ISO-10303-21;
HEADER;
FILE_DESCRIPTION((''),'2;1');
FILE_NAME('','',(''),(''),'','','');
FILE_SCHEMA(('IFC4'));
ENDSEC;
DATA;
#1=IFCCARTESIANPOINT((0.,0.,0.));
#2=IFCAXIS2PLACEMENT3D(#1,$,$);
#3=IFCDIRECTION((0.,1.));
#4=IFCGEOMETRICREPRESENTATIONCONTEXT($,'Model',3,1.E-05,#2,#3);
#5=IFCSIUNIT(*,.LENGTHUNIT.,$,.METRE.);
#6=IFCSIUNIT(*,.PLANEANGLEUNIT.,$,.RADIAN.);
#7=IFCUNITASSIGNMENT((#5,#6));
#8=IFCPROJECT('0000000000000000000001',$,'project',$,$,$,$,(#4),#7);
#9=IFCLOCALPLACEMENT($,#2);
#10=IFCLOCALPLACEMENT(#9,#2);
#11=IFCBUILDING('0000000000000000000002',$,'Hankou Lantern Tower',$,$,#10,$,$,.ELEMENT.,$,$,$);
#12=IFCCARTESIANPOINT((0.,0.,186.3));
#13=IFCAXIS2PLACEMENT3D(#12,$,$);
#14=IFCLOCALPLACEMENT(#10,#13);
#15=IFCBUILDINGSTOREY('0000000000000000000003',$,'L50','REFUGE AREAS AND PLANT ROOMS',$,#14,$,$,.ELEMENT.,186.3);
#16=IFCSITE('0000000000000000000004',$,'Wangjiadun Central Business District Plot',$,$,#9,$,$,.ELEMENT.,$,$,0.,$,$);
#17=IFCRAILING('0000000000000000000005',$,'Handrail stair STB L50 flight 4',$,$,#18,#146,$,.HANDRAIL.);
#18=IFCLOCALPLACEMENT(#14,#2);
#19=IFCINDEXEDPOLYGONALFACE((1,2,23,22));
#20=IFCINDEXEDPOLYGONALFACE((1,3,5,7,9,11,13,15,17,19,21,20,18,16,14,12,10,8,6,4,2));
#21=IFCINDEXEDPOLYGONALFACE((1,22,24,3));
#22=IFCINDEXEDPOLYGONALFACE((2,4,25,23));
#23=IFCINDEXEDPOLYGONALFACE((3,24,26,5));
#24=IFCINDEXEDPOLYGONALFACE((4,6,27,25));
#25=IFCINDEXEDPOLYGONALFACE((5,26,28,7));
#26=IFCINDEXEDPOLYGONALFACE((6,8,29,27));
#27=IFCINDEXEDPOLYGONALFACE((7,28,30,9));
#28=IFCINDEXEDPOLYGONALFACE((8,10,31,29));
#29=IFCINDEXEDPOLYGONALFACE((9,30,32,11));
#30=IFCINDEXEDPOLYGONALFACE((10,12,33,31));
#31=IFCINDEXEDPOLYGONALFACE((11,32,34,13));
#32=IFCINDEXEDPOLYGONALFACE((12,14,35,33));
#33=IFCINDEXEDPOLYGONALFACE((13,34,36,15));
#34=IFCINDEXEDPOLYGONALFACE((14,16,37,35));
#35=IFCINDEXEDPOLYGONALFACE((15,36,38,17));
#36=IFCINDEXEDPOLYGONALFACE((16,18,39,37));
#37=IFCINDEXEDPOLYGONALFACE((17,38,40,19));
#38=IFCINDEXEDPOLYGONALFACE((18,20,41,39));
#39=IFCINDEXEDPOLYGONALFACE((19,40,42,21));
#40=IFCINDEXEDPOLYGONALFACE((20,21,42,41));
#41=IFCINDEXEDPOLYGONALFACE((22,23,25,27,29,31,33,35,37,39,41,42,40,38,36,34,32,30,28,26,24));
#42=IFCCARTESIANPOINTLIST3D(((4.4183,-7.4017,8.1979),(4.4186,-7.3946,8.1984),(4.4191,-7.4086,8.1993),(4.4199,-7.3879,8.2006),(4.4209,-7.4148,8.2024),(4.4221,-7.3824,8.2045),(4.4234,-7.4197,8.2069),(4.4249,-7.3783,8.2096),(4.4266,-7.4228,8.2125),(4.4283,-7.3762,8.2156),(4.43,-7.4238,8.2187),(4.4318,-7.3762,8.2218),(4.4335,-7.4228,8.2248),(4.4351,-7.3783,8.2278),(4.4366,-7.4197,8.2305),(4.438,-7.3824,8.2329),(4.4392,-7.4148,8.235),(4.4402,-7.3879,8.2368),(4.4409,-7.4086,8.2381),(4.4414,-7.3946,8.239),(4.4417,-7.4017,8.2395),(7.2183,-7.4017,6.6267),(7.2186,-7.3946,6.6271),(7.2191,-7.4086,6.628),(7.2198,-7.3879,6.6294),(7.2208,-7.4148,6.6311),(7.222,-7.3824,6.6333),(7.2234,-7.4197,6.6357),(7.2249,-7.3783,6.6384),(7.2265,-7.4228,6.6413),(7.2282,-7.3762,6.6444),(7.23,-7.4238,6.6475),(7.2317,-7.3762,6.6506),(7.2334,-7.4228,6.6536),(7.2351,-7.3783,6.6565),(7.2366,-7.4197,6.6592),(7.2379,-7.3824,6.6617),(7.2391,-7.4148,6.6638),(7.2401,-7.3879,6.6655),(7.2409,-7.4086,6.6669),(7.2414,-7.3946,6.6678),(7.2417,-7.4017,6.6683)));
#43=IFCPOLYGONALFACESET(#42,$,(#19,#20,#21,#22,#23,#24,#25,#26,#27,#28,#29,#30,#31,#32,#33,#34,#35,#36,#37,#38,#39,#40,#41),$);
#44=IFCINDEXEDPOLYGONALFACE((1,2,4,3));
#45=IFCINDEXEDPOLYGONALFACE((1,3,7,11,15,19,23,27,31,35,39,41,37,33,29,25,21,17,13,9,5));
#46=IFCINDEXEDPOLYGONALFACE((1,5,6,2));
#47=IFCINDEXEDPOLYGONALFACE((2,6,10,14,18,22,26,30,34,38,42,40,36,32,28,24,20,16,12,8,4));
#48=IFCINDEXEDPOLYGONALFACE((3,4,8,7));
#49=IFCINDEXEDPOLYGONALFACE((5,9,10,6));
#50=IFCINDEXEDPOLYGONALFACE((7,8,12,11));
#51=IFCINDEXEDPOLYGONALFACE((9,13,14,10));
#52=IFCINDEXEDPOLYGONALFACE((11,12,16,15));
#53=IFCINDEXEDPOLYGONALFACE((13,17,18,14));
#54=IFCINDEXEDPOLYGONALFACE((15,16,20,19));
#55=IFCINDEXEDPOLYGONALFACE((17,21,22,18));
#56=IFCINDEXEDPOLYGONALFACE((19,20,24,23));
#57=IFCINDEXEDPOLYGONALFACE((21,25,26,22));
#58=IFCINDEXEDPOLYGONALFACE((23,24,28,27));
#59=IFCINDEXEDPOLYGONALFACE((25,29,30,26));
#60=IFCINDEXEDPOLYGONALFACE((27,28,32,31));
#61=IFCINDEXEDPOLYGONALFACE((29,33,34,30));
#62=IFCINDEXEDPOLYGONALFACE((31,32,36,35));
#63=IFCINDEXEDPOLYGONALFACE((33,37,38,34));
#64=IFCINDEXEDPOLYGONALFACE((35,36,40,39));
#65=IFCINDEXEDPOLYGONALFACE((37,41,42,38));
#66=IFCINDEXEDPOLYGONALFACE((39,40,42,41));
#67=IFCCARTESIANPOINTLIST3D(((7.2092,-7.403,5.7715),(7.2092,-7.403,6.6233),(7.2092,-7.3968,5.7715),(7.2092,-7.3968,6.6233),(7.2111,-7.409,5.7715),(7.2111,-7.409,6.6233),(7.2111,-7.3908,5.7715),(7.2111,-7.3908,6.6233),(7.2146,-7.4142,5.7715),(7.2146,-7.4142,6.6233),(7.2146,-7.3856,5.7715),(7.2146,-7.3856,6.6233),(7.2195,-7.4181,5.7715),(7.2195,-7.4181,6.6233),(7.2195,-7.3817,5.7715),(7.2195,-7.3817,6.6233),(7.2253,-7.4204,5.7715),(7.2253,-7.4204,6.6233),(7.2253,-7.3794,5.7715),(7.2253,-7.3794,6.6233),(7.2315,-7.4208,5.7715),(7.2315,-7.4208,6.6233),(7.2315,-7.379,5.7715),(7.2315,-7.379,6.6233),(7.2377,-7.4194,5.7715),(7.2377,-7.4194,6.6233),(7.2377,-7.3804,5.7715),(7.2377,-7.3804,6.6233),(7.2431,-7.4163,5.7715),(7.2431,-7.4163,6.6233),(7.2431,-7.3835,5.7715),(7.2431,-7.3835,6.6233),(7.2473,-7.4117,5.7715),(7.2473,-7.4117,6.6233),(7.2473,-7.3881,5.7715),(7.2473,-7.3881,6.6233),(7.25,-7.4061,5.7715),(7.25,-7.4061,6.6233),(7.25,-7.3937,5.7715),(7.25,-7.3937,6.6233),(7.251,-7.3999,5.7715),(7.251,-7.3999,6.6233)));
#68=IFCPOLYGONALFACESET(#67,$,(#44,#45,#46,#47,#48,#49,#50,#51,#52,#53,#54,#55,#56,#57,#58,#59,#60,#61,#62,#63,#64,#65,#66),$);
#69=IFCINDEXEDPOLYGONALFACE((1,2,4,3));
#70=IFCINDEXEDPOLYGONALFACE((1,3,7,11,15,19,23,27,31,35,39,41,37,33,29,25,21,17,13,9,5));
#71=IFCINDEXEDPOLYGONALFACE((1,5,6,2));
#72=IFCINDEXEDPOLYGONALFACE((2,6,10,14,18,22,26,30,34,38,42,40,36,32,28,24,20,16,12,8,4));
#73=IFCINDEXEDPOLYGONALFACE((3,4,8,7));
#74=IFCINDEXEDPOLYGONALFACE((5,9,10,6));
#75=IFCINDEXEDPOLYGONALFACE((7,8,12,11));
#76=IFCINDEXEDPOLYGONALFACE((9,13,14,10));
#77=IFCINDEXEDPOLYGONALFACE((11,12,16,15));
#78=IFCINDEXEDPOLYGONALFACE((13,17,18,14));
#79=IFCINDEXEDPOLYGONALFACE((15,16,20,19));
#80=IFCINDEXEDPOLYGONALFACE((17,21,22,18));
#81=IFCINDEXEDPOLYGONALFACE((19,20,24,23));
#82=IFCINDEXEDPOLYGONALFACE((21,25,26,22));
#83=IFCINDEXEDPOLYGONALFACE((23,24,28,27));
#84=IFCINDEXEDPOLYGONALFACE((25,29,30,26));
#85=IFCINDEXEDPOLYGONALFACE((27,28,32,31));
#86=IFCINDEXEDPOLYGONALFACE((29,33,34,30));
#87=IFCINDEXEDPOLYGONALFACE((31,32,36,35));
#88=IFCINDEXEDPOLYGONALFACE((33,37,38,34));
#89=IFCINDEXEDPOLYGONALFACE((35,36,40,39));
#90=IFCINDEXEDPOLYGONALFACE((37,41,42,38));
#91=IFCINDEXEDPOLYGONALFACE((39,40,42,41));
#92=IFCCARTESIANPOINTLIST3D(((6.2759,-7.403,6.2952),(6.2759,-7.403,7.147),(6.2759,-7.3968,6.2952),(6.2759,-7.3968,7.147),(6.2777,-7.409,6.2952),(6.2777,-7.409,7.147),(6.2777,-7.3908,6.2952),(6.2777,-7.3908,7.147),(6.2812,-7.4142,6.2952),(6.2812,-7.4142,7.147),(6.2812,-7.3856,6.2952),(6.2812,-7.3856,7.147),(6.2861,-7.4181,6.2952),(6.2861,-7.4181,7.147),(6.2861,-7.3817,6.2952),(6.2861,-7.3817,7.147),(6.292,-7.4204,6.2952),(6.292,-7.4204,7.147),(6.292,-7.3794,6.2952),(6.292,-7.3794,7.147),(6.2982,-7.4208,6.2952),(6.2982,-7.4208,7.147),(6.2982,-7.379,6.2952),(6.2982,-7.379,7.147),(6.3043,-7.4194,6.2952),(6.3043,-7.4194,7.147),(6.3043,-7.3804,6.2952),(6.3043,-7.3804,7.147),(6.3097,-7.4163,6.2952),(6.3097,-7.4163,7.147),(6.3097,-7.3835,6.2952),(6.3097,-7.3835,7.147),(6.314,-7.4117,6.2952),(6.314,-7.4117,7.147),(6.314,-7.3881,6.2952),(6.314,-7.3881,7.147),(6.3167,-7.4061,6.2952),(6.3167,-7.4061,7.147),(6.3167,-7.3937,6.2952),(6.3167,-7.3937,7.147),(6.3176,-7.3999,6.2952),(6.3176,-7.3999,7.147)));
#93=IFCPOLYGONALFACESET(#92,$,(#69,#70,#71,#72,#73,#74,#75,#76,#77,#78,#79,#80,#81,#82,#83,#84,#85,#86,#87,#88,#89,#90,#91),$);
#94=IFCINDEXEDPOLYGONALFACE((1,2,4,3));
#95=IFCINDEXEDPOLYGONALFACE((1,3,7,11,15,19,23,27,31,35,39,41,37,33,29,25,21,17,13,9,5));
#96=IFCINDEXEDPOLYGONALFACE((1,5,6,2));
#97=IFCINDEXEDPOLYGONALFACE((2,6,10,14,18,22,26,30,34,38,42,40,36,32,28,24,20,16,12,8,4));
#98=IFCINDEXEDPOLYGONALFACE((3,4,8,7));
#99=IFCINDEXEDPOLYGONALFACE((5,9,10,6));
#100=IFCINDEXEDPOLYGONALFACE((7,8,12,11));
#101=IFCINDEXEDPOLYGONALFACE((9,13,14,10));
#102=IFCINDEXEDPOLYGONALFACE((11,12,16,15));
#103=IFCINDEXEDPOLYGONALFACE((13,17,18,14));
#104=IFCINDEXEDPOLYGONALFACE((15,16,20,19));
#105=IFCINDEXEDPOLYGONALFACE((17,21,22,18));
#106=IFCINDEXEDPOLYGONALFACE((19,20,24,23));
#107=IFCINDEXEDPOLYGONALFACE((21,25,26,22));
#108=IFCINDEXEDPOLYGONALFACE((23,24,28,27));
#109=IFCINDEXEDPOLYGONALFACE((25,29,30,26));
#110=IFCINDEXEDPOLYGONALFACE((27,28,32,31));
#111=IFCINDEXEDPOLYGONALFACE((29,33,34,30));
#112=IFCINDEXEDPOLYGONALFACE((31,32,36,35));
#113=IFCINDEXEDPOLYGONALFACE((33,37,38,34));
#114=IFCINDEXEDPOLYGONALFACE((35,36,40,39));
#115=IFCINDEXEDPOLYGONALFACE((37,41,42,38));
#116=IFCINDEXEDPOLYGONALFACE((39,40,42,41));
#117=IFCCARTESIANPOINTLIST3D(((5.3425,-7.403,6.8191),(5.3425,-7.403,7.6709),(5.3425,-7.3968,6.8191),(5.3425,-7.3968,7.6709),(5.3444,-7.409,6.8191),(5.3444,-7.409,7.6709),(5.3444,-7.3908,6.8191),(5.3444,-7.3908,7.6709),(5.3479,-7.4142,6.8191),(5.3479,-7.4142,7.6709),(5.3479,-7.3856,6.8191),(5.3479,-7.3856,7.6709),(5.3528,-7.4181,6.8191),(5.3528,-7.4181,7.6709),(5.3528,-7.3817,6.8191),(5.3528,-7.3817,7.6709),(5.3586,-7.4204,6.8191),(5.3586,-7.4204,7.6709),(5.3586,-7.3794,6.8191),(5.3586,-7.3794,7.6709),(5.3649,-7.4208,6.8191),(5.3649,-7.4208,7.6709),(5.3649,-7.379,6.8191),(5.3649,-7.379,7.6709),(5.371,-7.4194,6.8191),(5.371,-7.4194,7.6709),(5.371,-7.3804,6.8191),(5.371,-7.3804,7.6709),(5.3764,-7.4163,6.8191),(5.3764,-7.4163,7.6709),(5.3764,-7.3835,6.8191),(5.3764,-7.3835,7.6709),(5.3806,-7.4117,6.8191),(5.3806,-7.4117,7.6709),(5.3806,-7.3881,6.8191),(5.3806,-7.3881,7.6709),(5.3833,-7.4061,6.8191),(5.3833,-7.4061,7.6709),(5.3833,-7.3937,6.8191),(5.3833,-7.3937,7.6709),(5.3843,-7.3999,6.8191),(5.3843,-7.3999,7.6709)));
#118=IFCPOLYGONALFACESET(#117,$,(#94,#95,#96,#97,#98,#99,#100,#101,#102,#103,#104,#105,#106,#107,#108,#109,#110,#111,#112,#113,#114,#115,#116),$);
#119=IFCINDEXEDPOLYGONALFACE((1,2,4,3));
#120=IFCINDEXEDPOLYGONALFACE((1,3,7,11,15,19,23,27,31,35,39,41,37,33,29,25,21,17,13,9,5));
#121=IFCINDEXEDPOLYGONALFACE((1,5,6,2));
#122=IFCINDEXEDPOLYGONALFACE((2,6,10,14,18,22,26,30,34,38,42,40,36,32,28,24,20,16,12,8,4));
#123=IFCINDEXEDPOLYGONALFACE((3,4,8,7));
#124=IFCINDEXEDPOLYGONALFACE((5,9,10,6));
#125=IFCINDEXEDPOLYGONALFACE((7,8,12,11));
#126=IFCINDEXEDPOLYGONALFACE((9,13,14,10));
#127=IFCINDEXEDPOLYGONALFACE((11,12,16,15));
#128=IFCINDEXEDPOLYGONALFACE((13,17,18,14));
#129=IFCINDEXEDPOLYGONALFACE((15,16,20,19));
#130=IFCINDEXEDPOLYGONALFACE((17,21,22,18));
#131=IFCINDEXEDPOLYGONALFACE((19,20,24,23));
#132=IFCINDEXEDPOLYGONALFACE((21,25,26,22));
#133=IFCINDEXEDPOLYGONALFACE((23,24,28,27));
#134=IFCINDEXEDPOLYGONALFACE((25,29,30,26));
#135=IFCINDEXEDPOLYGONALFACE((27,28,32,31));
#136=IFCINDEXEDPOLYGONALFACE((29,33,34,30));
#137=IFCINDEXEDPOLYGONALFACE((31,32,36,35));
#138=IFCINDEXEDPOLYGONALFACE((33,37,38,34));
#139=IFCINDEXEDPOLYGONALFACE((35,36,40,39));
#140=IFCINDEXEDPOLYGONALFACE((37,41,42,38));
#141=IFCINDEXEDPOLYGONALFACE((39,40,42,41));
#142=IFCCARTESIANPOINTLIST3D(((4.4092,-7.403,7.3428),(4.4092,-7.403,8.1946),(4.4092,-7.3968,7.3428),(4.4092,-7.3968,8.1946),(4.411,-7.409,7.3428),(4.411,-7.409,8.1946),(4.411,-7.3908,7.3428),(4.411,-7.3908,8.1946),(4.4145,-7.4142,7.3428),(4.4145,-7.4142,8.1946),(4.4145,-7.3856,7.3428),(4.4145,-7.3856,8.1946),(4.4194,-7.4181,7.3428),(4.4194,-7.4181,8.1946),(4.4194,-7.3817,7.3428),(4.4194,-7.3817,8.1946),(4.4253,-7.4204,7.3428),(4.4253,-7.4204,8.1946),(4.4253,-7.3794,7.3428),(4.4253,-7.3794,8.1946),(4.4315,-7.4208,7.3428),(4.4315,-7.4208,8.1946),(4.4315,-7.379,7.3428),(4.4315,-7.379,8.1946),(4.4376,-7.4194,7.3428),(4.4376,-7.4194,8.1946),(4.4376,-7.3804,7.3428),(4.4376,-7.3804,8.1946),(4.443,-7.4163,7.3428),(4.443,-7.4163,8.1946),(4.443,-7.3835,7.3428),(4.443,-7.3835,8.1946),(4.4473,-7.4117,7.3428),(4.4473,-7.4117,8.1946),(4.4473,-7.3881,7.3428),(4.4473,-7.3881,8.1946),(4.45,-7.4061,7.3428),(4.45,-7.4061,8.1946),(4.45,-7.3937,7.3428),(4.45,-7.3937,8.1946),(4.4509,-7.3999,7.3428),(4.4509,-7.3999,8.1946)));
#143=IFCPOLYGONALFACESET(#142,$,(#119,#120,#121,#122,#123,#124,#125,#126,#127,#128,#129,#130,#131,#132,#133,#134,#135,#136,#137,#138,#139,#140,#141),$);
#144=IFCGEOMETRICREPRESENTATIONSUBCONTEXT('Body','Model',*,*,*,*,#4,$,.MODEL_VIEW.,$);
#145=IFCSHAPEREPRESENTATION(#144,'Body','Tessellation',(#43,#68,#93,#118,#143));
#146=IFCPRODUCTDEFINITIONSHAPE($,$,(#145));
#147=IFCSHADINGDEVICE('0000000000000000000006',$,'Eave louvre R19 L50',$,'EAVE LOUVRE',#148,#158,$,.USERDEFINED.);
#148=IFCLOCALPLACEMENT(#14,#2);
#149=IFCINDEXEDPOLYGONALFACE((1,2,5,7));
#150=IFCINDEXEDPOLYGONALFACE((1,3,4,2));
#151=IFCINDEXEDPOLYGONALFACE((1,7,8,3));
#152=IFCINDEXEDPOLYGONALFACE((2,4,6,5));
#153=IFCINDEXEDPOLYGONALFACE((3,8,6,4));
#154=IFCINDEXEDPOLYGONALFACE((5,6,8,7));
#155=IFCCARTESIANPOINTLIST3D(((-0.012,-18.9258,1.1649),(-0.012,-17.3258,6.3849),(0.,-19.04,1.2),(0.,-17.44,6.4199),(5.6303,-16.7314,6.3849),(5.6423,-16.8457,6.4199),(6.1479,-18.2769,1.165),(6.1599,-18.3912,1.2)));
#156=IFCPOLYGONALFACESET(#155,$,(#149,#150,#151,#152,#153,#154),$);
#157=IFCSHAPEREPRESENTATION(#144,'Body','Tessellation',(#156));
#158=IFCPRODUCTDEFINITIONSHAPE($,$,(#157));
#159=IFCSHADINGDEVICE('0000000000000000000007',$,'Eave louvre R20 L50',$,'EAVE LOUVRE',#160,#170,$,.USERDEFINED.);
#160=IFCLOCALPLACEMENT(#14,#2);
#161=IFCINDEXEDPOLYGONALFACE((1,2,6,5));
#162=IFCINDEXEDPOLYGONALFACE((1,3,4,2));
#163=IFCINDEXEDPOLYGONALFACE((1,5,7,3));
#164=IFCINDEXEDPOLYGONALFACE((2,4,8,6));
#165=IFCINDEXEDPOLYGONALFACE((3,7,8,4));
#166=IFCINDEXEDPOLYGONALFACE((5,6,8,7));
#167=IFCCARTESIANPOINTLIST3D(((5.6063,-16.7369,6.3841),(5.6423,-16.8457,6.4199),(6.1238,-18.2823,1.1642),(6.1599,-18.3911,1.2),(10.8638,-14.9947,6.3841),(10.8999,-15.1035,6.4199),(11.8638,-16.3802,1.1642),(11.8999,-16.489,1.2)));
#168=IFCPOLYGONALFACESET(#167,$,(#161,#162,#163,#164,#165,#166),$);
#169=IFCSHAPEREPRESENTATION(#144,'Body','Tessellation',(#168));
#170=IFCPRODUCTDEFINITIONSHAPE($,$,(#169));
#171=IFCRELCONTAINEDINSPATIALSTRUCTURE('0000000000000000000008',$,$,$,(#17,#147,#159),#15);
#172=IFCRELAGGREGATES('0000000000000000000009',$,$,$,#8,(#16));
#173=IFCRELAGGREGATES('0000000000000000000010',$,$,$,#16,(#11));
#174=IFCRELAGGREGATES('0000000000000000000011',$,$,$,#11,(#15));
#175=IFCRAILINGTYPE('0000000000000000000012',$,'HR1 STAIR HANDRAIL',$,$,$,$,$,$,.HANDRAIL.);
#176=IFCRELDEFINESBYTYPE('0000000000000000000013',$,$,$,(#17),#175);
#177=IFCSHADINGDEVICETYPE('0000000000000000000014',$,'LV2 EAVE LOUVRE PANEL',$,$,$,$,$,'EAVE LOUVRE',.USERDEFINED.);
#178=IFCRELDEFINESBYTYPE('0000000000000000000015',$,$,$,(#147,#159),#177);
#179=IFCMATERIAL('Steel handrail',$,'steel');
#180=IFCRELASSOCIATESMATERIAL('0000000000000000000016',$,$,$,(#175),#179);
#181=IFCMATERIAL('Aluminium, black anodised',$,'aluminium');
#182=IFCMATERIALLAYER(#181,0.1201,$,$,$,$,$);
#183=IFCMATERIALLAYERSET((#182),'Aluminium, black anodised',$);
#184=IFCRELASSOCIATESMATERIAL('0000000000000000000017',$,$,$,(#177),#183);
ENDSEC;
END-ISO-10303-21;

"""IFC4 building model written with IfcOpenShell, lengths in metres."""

from ifc_helpers import new_model, si_unit, direction, frame, origin, origin_2d, place, context, subcontext, project, spatial, polyline, circle, outline, extrude, material, layer, layer_set, type_object, element, save


model = new_model("IFC4")

# Units and contexts
model_context = context("Model", 3, precision=1e-05, world=origin(), true_north=direction((0.0, 1.0)))
body_context = subcontext(model_context, "Body", "Model", "MODEL_VIEW")
ifc_project = project(units=[si_unit("LENGTHUNIT", "METRE"), si_unit("PLANEANGLEUNIT", "RADIAN")], contexts=[model_context])

# Site, building, storey
site_placement = place(None, origin())
site = spatial("IfcSite", under=ifc_project, at=site_placement, Name="Wangjiadun Central Business District Plot", CompositionType="ELEMENT", RefElevation=0.0)
building_placement = place(site_placement, origin())
building = spatial("IfcBuilding", under=site, at=building_placement, Name="Hankou Lantern Tower", CompositionType="ELEMENT")
storey_placement = place(building_placement, frame((0.0, 0.0, 186.3)))
storey = spatial("IfcBuildingStorey", under=building, at=storey_placement, Name="L50", Description="REFUGE AREAS AND PLANT ROOMS", CompositionType="ELEMENT", Elevation=186.3)

# Railing
ifc_material_1 = material(Name="Steel handrail", Category="steel")
railing_type = type_object("IfcRailingType", Name="HR1 STAIR HANDRAIL", PredefinedType="HANDRAIL", material=ifc_material_1)
railing_1_placement = place(storey_placement, frame((7.23, -7.3999, 5.7715)))
element("IfcRailing", 1, at=railing_1_placement, inside=storey, type_object=railing_type, Name="Handrail stair STB L50 flight 4", PredefinedType="HANDRAIL", context=body_context, shape_type="SweptSolid", body=[
    extrude(circle(Radius=0.0239, at=origin_2d()), frame((0.0, 0.0, 0.876), z_axis=(-0.872073, 0.0, 0.489377), x_axis=(0.0, -1.0, 0.0)), (0.0, 0.0, 1.0), 3.2107),
    extrude(circle(Radius=0.021, at=origin_2d()), origin(), (0.0, 0.0, 1.0), 0.8518),
    extrude(circle(Radius=0.021, at=origin_2d()), frame((-0.9333, 0.0, 0.5237)), (0.0, 0.0, 1.0), 0.8518),
    extrude(circle(Radius=0.021, at=origin_2d()), frame((-1.8667, 0.0, 1.0476)), (0.0, 0.0, 1.0), 0.8518),
    extrude(circle(Radius=0.021, at=origin_2d()), frame((-2.8, 0.0, 1.5713)), (0.0, 0.0, 1.0), 0.8518),
])

# Shading devices
ifc_material_2 = material(Name="Aluminium, black anodised", Category="aluminium")
ifc_layer_1 = layer(ifc_material_2, 0.1201)
ifc_layer_set_1 = layer_set([ifc_layer_1], Name="Aluminium, black anodised")
shading_device_type = type_object("IfcShadingDeviceType", Name="LV2 EAVE LOUVRE PANEL", ElementType="EAVE LOUVRE", PredefinedType="USERDEFINED", material=ifc_layer_set_1)
shading_device_1_placement = place(storey_placement, frame((0.0, -19.04, 1.2), z_axis=(0.100201, -0.951282, 0.291585), x_axis=(0.994498, 0.104754, 0.000004)))
element("IfcShadingDevice", 2, at=shading_device_1_placement, inside=storey, type_object=shading_device_type, Name="Eave louvre R19 L50", ObjectType="EAVE LOUVRE", PredefinedType="USERDEFINED", context=body_context, shape_type="SweptSolid", body=[
    extrude(outline(polyline([(0.0, 0.0), (6.194, 0.0), (5.8412, 5.4571), (0.1676, 5.4571), (0.0, 0.0)])), origin(), (0.0, 0.0, -1.0), 0.1201),
])
shading_device_2_placement = place(storey_placement, frame((6.1599, -18.3911, 1.2), z_axis=(0.300258, -0.906105, 0.298026), x_axis=(0.94924, 0.314552, 0.000001)))
element("IfcShadingDevice", 3, at=shading_device_2_placement, inside=storey, type_object=shading_device_type, Name="Eave louvre R20 L50", ObjectType="EAVE LOUVRE", PredefinedType="USERDEFINED", context=body_context, shape_type="SweptSolid", body=[
    extrude(outline(polyline([(0.0, 0.0), (6.0469, 0.0), (5.5335, 5.4685), (-0.0052, 5.4685), (0.0, 0.0)])), origin(), (0.0, 0.0, -1.0), 0.1201),
])

save(model, "model.ifc")
